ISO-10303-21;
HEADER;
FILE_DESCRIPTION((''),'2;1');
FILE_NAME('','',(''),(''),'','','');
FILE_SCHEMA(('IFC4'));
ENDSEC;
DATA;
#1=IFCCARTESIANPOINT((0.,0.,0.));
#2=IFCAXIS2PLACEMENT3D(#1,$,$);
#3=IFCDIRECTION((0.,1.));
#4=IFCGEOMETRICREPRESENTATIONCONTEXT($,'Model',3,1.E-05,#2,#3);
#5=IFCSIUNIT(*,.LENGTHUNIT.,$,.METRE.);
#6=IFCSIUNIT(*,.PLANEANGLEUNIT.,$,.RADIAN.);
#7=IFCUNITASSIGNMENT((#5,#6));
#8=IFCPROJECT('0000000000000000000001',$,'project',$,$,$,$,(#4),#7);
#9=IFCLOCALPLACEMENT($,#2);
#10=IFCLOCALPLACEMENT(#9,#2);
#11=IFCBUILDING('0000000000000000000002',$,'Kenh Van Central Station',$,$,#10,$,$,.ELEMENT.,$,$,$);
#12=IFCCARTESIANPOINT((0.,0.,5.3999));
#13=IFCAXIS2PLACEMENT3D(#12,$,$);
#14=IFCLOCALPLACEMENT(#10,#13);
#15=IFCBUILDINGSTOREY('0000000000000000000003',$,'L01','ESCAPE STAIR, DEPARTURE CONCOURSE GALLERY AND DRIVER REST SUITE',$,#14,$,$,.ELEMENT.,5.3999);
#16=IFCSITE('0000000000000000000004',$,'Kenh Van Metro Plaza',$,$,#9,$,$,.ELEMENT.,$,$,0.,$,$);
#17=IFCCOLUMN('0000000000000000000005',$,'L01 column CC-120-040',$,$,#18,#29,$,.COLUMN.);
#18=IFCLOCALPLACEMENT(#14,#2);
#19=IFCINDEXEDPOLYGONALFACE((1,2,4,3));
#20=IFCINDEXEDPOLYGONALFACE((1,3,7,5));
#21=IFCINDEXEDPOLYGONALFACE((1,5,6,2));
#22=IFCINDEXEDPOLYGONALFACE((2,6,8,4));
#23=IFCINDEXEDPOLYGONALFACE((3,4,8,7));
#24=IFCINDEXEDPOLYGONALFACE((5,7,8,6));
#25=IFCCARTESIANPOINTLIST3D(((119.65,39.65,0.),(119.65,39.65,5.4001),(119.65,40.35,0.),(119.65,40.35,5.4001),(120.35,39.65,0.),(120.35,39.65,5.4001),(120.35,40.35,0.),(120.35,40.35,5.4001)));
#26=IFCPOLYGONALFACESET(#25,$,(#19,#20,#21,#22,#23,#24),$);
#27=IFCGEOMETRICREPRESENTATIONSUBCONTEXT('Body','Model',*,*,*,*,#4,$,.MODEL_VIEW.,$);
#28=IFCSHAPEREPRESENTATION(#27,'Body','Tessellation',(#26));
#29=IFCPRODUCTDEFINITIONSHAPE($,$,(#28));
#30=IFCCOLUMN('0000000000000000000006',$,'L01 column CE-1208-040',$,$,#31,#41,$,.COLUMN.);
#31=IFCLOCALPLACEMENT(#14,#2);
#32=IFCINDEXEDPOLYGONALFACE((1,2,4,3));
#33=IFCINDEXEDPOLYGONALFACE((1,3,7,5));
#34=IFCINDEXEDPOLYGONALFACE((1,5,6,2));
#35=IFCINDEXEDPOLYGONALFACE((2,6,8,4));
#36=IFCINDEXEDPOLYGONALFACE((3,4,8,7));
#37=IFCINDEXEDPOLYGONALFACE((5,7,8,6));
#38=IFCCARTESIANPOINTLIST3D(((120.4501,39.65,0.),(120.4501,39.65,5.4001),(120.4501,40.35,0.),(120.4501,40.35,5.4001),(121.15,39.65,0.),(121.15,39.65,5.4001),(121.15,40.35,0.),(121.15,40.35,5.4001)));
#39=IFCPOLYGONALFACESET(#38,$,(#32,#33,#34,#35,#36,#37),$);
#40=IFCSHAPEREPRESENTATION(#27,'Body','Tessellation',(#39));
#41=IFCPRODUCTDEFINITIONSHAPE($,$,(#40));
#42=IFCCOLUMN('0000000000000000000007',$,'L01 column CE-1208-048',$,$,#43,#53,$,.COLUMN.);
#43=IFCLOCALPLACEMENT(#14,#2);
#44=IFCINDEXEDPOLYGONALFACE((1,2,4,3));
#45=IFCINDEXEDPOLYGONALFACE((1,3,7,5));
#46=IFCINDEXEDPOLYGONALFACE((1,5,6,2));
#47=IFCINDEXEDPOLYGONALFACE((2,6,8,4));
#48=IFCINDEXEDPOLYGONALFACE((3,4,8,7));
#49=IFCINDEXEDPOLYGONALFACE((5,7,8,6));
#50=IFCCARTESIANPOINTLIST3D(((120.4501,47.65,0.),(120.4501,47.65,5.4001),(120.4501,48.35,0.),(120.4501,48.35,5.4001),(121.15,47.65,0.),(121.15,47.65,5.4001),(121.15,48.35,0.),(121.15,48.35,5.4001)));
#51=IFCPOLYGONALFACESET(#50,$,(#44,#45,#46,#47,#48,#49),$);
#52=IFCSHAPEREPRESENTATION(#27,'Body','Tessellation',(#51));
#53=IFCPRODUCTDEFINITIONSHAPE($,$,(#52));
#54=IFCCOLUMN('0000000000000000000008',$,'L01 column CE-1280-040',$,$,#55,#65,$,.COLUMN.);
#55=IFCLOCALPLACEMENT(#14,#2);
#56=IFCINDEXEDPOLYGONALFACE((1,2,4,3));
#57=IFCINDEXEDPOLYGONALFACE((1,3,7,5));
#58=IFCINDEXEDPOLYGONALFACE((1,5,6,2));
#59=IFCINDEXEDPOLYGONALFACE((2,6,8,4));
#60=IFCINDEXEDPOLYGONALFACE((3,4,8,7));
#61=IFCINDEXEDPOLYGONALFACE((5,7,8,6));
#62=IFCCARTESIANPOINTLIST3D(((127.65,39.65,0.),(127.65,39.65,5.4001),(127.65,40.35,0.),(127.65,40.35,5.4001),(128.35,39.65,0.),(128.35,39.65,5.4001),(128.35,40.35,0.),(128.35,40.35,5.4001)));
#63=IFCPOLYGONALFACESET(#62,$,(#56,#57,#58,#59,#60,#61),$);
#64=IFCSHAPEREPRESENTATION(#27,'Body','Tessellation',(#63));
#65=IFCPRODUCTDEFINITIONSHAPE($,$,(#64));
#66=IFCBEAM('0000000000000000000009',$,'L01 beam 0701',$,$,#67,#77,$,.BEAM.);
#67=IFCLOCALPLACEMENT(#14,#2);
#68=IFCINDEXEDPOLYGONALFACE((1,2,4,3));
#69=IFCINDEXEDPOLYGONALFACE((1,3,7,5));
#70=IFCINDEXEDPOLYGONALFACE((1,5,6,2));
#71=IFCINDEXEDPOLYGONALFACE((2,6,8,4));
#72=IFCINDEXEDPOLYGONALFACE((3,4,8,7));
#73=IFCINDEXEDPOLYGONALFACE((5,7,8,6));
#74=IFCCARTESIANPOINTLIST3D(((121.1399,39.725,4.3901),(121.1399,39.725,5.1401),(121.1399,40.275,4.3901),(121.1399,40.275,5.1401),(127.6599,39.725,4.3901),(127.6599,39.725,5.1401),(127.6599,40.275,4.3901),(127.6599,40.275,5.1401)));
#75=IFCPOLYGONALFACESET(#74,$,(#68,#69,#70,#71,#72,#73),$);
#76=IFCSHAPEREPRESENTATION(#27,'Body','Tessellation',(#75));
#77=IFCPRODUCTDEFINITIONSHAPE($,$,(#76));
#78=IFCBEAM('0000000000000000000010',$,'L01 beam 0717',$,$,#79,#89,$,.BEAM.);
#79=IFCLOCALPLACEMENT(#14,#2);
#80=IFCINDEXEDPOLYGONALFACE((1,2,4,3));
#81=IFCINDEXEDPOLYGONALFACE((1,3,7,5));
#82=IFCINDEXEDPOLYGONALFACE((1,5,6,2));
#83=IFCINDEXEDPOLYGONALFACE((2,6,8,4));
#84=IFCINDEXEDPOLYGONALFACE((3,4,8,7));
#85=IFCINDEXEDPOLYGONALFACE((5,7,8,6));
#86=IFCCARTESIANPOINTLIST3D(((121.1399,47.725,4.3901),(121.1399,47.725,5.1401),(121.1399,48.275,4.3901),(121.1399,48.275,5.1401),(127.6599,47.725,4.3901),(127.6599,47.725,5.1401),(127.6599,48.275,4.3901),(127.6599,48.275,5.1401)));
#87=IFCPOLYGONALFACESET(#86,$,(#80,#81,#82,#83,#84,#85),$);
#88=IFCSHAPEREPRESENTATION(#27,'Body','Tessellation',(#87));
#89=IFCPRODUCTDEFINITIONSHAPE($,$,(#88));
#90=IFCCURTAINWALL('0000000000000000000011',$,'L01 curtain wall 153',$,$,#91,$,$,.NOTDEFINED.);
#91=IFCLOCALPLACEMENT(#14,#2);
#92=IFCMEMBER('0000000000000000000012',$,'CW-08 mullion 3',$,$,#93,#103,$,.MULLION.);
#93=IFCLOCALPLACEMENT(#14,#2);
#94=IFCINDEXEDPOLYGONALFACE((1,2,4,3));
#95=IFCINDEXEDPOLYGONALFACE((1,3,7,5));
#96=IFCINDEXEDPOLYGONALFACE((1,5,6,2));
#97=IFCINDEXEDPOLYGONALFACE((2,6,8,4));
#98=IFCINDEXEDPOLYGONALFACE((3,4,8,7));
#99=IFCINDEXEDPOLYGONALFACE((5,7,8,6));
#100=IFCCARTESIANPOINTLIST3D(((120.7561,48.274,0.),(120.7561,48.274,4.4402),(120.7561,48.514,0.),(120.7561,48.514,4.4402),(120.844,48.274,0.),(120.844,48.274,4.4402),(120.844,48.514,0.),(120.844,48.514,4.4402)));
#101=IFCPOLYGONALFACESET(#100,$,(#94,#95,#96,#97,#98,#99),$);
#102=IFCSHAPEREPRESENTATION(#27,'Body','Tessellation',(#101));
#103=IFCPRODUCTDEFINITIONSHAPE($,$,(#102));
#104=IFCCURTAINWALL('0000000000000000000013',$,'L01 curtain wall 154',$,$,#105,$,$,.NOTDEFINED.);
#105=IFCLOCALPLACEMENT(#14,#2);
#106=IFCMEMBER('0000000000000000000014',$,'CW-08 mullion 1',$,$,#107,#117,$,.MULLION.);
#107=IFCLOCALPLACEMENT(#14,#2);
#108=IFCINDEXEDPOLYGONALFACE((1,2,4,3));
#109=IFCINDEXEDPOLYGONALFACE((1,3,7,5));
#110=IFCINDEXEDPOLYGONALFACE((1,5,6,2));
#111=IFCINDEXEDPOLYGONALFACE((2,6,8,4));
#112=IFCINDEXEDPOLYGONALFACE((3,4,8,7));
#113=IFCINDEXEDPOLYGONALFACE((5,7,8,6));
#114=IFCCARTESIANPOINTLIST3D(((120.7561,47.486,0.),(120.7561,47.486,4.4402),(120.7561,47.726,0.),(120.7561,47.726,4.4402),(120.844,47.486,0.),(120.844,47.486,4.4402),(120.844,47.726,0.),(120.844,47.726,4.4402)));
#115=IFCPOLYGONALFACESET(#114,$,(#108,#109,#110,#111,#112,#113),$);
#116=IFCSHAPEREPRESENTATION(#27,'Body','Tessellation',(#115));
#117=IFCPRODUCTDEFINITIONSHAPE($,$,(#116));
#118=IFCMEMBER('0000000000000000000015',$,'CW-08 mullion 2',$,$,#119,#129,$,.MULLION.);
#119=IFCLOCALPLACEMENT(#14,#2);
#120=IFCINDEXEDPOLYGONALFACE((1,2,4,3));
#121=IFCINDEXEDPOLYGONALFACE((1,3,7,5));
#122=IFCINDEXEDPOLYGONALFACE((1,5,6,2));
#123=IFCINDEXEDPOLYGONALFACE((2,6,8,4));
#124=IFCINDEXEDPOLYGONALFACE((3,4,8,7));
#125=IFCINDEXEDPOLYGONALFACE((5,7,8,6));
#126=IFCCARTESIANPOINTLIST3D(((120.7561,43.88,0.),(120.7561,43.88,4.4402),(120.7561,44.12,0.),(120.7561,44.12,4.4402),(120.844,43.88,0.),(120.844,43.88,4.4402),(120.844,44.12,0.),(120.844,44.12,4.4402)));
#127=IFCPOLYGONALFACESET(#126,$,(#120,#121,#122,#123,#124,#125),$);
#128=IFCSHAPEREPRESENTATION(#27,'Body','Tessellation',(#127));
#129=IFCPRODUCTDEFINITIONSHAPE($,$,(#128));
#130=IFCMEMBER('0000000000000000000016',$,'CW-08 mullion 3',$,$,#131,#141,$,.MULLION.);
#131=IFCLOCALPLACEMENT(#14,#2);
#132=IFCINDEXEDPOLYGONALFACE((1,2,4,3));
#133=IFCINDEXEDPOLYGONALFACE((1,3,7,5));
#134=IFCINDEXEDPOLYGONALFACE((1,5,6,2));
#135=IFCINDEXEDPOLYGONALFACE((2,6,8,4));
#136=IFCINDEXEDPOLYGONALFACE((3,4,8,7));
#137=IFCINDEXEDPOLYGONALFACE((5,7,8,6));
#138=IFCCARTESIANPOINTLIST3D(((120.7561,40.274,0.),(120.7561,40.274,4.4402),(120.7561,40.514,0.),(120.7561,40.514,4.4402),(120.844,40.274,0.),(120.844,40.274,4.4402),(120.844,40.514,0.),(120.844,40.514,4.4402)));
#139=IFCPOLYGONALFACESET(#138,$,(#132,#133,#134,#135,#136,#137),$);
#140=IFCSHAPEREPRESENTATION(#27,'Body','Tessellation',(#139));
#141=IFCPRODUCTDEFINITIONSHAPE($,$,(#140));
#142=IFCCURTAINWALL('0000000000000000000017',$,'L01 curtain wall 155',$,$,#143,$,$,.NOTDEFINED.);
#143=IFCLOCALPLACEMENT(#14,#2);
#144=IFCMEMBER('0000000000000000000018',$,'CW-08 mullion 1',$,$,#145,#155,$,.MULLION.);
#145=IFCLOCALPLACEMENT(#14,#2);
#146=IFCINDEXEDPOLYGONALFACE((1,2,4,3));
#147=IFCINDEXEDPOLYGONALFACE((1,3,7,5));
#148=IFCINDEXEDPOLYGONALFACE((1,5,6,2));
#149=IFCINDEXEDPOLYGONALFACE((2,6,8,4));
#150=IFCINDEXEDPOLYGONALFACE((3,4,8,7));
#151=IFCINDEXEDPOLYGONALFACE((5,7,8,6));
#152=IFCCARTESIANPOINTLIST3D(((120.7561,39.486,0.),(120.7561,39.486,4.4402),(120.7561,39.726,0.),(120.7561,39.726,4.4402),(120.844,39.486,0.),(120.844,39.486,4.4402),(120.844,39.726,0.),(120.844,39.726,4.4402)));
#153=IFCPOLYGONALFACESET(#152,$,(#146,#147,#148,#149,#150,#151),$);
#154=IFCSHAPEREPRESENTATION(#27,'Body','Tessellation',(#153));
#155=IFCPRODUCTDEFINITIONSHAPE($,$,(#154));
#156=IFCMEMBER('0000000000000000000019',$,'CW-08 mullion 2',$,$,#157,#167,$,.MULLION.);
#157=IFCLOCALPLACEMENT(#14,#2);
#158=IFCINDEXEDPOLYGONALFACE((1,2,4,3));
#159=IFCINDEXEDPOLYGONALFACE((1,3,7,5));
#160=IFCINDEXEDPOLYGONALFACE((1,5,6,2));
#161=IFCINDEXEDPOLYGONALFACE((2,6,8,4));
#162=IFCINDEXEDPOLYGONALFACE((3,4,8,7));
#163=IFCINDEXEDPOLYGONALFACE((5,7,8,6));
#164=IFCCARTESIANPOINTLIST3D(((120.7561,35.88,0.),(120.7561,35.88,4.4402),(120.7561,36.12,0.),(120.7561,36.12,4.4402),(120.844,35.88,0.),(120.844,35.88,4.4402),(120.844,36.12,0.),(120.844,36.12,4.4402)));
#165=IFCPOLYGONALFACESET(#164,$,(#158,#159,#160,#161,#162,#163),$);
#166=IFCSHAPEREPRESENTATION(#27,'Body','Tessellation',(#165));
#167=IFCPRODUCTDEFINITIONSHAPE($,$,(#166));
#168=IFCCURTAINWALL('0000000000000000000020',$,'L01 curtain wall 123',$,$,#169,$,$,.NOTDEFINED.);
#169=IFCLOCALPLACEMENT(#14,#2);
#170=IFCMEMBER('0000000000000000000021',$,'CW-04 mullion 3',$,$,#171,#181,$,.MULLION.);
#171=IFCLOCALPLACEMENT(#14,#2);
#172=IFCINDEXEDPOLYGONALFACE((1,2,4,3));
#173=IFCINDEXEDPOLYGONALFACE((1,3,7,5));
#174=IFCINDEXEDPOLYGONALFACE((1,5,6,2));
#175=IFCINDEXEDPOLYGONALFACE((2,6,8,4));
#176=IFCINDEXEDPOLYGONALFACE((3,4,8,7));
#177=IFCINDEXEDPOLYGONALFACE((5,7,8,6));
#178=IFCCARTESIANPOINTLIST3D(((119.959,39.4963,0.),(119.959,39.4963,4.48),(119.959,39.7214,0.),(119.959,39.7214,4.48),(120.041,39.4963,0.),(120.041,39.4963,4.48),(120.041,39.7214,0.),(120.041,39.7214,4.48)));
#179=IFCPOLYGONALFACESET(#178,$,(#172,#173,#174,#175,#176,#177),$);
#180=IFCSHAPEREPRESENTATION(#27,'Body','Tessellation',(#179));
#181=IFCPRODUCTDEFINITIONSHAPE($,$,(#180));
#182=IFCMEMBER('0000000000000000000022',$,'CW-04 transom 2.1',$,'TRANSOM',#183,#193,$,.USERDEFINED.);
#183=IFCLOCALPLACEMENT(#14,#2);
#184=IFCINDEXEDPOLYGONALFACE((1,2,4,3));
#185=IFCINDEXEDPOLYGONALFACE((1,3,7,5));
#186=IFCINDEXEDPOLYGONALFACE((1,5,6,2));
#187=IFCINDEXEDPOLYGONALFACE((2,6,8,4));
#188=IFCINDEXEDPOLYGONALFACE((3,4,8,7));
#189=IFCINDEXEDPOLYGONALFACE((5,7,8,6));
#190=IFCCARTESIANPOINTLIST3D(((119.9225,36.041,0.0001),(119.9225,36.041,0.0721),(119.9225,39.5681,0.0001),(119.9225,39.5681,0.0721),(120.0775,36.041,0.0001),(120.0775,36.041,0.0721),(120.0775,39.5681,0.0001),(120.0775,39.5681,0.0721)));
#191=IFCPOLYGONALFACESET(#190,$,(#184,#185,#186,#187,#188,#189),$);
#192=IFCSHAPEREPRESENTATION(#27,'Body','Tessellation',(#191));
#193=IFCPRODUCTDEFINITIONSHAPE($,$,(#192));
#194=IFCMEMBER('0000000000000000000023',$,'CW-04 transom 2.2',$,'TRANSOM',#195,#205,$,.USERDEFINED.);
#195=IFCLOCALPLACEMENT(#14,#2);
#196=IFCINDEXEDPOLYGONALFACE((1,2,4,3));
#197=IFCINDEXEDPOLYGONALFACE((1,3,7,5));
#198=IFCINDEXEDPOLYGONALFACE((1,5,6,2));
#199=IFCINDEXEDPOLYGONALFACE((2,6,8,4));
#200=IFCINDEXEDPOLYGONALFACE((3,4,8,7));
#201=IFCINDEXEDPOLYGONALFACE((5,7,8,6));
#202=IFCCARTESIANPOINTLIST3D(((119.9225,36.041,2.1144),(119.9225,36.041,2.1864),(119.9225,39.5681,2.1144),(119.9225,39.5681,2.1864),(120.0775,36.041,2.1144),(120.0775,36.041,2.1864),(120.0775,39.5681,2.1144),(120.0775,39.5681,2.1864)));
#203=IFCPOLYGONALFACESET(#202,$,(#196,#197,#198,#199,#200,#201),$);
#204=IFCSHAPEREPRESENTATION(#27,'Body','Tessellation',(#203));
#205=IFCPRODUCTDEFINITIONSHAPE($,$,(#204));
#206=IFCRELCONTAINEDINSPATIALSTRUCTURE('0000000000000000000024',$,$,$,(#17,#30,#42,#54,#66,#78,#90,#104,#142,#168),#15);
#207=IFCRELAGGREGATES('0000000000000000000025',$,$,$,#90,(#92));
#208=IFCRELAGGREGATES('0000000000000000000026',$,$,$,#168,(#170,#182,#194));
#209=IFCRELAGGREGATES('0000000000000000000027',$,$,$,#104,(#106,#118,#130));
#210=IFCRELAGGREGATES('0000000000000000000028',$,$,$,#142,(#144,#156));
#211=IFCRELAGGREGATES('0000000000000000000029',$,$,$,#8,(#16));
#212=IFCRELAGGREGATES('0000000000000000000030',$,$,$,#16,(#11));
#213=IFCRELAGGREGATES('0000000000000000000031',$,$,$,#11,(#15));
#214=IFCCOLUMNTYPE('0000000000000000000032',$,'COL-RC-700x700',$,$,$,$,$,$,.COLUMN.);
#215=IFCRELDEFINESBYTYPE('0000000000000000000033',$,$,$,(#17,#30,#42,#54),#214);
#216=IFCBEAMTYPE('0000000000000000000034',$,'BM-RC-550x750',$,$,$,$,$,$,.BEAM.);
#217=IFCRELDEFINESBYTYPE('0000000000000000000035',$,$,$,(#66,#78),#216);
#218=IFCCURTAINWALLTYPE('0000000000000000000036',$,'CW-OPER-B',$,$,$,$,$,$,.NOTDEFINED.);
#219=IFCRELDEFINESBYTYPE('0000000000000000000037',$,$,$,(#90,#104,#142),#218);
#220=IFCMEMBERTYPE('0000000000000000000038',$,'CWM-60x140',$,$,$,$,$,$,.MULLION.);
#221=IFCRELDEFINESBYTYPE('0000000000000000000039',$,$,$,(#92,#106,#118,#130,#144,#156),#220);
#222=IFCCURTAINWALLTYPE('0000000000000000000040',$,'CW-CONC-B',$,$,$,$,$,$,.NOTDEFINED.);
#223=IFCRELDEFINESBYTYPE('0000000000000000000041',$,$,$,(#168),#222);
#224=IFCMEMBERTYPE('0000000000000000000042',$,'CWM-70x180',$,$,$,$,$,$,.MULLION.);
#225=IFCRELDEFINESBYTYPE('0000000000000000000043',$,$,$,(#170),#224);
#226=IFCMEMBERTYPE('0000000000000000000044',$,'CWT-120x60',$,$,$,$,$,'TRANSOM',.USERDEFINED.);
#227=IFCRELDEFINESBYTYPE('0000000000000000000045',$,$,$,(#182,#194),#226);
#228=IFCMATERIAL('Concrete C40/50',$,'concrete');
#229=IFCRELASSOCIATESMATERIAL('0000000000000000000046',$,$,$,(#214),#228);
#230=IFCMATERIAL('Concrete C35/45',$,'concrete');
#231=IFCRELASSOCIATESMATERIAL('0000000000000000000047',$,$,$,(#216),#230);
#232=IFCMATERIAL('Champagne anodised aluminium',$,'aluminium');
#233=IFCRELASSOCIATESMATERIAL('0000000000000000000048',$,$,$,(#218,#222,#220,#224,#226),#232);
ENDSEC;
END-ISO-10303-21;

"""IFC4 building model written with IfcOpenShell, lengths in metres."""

from ifc_helpers import new_model, si_unit, direction, frame, origin, origin_2d, place, context, subcontext, project, spatial, rectangle, extrude, material, material_profile, profile_set, type_object, element, aggregate, save


model = new_model("IFC4")

# Units and contexts
model_context = context("Model", 3, precision=1e-05, world=origin(), true_north=direction((0.0, 1.0)))
body_context = subcontext(model_context, "Body", "Model", "MODEL_VIEW")
ifc_project = project(units=[si_unit("LENGTHUNIT", "METRE"), si_unit("PLANEANGLEUNIT", "RADIAN")], contexts=[model_context])

# Site, building, storey
site_placement = place(None, origin())
site = spatial("IfcSite", under=ifc_project, at=site_placement, Name="Kenh Van Metro Plaza", CompositionType="ELEMENT", RefElevation=0.0)
building_placement = place(site_placement, origin())
building = spatial("IfcBuilding", under=site, at=building_placement, Name="Kenh Van Central Station", CompositionType="ELEMENT")
storey_placement = place(building_placement, frame((0.0, 0.0, 5.3999)))
storey = spatial("IfcBuildingStorey", under=building, at=storey_placement, Name="L01", Description="ESCAPE STAIR, DEPARTURE CONCOURSE GALLERY AND DRIVER REST SUITE", CompositionType="ELEMENT", Elevation=5.3999)

# Columns
ifc_material_1 = material(Name="Concrete C40/50", Category="concrete")
ifc_material_profile_1 = material_profile(ifc_material_1, rectangle(XDim=0.7, YDim=0.7, at=origin_2d()), Name="RC 700x700")
ifc_profile_set_1 = profile_set([ifc_material_profile_1], Name="Concrete C40/50")
column_type = type_object("IfcColumnType", Name="COL-RC-700x700", PredefinedType="COLUMN", material=ifc_profile_set_1)
for number, where, z_axis, x_axis, name in (
    (1, (120.0, 40.0, 0.0), (0.0, 0.0, 1.0), (1.0, 0.0, 0.0), "L01 column CC-120-040"),
    (2, (120.8, 40.0, 0.0), (0.0, 0.0, 1.0), (1.0, 0.0, 0.0), "L01 column CE-1208-040"),
    (3, (120.8, 48.0, 0.0), (0.0, 0.0, 1.0), (1.0, 0.0, 0.0), "L01 column CE-1208-048"),
    (4, (128.0, 40.0, 0.0), (0.0, 0.0, 1.0), (1.0, 0.0, 0.0), "L01 column CE-1280-040"),
):
    element("IfcColumn", number, at=place(storey_placement, frame(where, z_axis=z_axis, x_axis=x_axis)), inside=storey, type_object=column_type, Name=name, PredefinedType="COLUMN", context=body_context, shape_type="SweptSolid", body=[
        extrude(rectangle(XDim=0.7, YDim=0.7, at=origin_2d()), origin(), (0.0, 0.0, 1.0), 5.4001),
    ])

# Beams
ifc_material_2 = material(Name="Concrete C35/45", Category="concrete")
ifc_material_profile_2 = material_profile(ifc_material_2, rectangle(XDim=0.55, YDim=0.75, at=origin_2d()), Name="RC 550x750")
ifc_profile_set_2 = profile_set([ifc_material_profile_2], Name="Concrete C35/45")
beam_type_1 = type_object("IfcBeamType", Name="BM-RC-550x750", PredefinedType="BEAM", material=ifc_profile_set_2)
for number, where, z_axis, x_axis, name in (
    (5, (121.1399, 40.0, 4.7651), (1.0, 0.0, 0.0), (0.0, 1.0, 0.0), "L01 beam 0701"),
    (6, (121.1399, 48.0, 4.7651), (1.0, 0.0, 0.0), (0.0, 1.0, 0.0), "L01 beam 0717"),
):
    element("IfcBeam", number, at=place(storey_placement, frame(where, z_axis=z_axis, x_axis=x_axis)), inside=storey, type_object=beam_type_1, Name=name, PredefinedType="BEAM", context=body_context, shape_type="SweptSolid", body=[
        extrude(rectangle(XDim=0.55, YDim=0.75, at=origin_2d()), origin(), (0.0, 0.0, 1.0), 6.52),
    ])

# Curtain wall, member
ifc_material_3 = material(Name="Champagne anodised aluminium", Category="aluminium")
curtain_wall_type_1 = type_object("IfcCurtainWallType", Name="CW-OPER-B", PredefinedType="NOTDEFINED", material=ifc_material_3)
curtain_wall_1_placement = place(storey_placement, origin())
curtain_wall_1 = element("IfcCurtainWall", 7, at=curtain_wall_1_placement, inside=storey, type_object=curtain_wall_type_1, Name="L01 curtain wall 153", PredefinedType="NOTDEFINED")
ifc_material_profile_3 = material_profile(ifc_material_3, rectangle(XDim=0.0879, YDim=0.24, at=origin_2d()), Name="AL 88x240")
ifc_profile_set_3 = profile_set([ifc_material_profile_3], Name="Champagne anodised aluminium")
member_type_1 = type_object("IfcMemberType", Name="CWM-60x140", PredefinedType="MULLION", material=ifc_profile_set_3)
member_1_placement = place(storey_placement, frame((120.8, 48.394, 0.0), z_axis=(0.0, 0.0, 1.0), x_axis=(1.0, 0.0, 0.0)))
member_1 = element("IfcMember", 8, at=member_1_placement, type_object=member_type_1, Name="CW-08 mullion 3", PredefinedType="MULLION", context=body_context, shape_type="SweptSolid", body=[
    extrude(rectangle(XDim=0.0879, YDim=0.24, at=origin_2d()), origin(), (0.0, 0.0, 1.0), 4.4402),
])
aggregate(curtain_wall_1, [member_1])

# Curtain walls, members
curtain_wall_2_placement = place(storey_placement, origin())
curtain_wall_2 = element("IfcCurtainWall", 9, at=curtain_wall_2_placement, inside=storey, type_object=curtain_wall_type_1, Name="L01 curtain wall 154", PredefinedType="NOTDEFINED")
member_2_placement = place(storey_placement, frame((120.8, 47.606, 0.0), z_axis=(0.0, 0.0, 1.0), x_axis=(1.0, 0.0, 0.0)))
member_2 = element("IfcMember", 10, at=member_2_placement, type_object=member_type_1, Name="CW-08 mullion 1", PredefinedType="MULLION", context=body_context, shape_type="SweptSolid", body=[
    extrude(rectangle(XDim=0.0879, YDim=0.24, at=origin_2d()), origin(), (0.0, 0.0, 1.0), 4.4402),
])
member_3_placement = place(storey_placement, frame((120.8, 44.0, 0.0), z_axis=(0.0, 0.0, 1.0), x_axis=(1.0, 0.0, 0.0)))
member_3 = element("IfcMember", 11, at=member_3_placement, type_object=member_type_1, Name="CW-08 mullion 2", PredefinedType="MULLION", context=body_context, shape_type="SweptSolid", body=[
    extrude(rectangle(XDim=0.0879, YDim=0.24, at=origin_2d()), origin(), (0.0, 0.0, 1.0), 4.4402),
])
member_4_placement = place(storey_placement, frame((120.8, 40.394, 0.0), z_axis=(0.0, 0.0, 1.0), x_axis=(1.0, 0.0, 0.0)))
member_4 = element("IfcMember", 12, at=member_4_placement, type_object=member_type_1, Name="CW-08 mullion 3", PredefinedType="MULLION", context=body_context, shape_type="SweptSolid", body=[
    extrude(rectangle(XDim=0.0879, YDim=0.24, at=origin_2d()), origin(), (0.0, 0.0, 1.0), 4.4402),
])
curtain_wall_3_placement = place(storey_placement, origin())
curtain_wall_3 = element("IfcCurtainWall", 13, at=curtain_wall_3_placement, inside=storey, type_object=curtain_wall_type_1, Name="L01 curtain wall 155", PredefinedType="NOTDEFINED")
member_5_placement = place(storey_placement, frame((120.8, 39.606, 0.0), z_axis=(0.0, 0.0, 1.0), x_axis=(1.0, 0.0, 0.0)))
member_5 = element("IfcMember", 14, at=member_5_placement, type_object=member_type_1, Name="CW-08 mullion 1", PredefinedType="MULLION", context=body_context, shape_type="SweptSolid", body=[
    extrude(rectangle(XDim=0.0879, YDim=0.24, at=origin_2d()), origin(), (0.0, 0.0, 1.0), 4.4402),
])
member_6_placement = place(storey_placement, frame((120.8, 36.0, 0.0), z_axis=(0.0, 0.0, 1.0), x_axis=(1.0, 0.0, 0.0)))
member_6 = element("IfcMember", 15, at=member_6_placement, type_object=member_type_1, Name="CW-08 mullion 2", PredefinedType="MULLION", context=body_context, shape_type="SweptSolid", body=[
    extrude(rectangle(XDim=0.0879, YDim=0.24, at=origin_2d()), origin(), (0.0, 0.0, 1.0), 4.4402),
])
curtain_wall_type_2 = type_object("IfcCurtainWallType", Name="CW-CONC-B", PredefinedType="NOTDEFINED", material=ifc_material_3)
curtain_wall_4_placement = place(storey_placement, origin())
curtain_wall_4 = element("IfcCurtainWall", 16, at=curtain_wall_4_placement, inside=storey, type_object=curtain_wall_type_2, Name="L01 curtain wall 123", PredefinedType="NOTDEFINED")
ifc_material_profile_4 = material_profile(ifc_material_3, rectangle(XDim=0.082, YDim=0.2251, at=origin_2d()), Name="AL 82x225")
ifc_profile_set_4 = profile_set([ifc_material_profile_4], Name="Champagne anodised aluminium")
member_type_2 = type_object("IfcMemberType", Name="CWM-70x180", PredefinedType="MULLION", material=ifc_profile_set_4)
member_7_placement = place(storey_placement, frame((120.0, 39.6089, 0.0), z_axis=(0.0, 0.0, 1.0), x_axis=(-1.0, 0.0, 0.0)))
member_7 = element("IfcMember", 17, at=member_7_placement, type_object=member_type_2, Name="CW-04 mullion 3", PredefinedType="MULLION", context=body_context, shape_type="SweptSolid", body=[
    extrude(rectangle(XDim=0.082, YDim=0.2251, at=origin_2d()), origin(), (0.0, 0.0, 1.0), 4.48),
])
ifc_material_profile_5 = material_profile(ifc_material_3, rectangle(XDim=0.155, YDim=0.072, at=origin_2d()), Name="AL 155x72")
ifc_profile_set_5 = profile_set([ifc_material_profile_5], Name="Champagne anodised aluminium")
member_type_3 = type_object("IfcMemberType", Name="CWT-120x60", ElementType="TRANSOM", PredefinedType="USERDEFINED", material=ifc_profile_set_5)
member_8_placement = place(storey_placement, frame((120.0, 36.041, 0.0361), z_axis=(0.0, 1.0, 0.0), x_axis=(-1.0, 0.0, 0.0)))
member_8 = element("IfcMember", 18, at=member_8_placement, type_object=member_type_3, Name="CW-04 transom 2.1", ObjectType="TRANSOM", PredefinedType="USERDEFINED", context=body_context, shape_type="SweptSolid", body=[
    extrude(rectangle(XDim=0.155, YDim=0.072, at=origin_2d()), origin(), (0.0, 0.0, 1.0), 3.5271),
])
member_9_placement = place(storey_placement, frame((120.0, 36.041, 2.1504), z_axis=(0.0, 1.0, 0.0), x_axis=(-1.0, 0.0, 0.0)))
member_9 = element("IfcMember", 19, at=member_9_placement, type_object=member_type_3, Name="CW-04 transom 2.2", ObjectType="TRANSOM", PredefinedType="USERDEFINED", context=body_context, shape_type="SweptSolid", body=[
    extrude(rectangle(XDim=0.155, YDim=0.072, at=origin_2d()), origin(), (0.0, 0.0, 1.0), 3.5271),
])

aggregate(curtain_wall_4, [member_7, member_8, member_9])
aggregate(curtain_wall_2, [member_2, member_3, member_4])
aggregate(curtain_wall_3, [member_5, member_6])

save(model, "model.ifc")
